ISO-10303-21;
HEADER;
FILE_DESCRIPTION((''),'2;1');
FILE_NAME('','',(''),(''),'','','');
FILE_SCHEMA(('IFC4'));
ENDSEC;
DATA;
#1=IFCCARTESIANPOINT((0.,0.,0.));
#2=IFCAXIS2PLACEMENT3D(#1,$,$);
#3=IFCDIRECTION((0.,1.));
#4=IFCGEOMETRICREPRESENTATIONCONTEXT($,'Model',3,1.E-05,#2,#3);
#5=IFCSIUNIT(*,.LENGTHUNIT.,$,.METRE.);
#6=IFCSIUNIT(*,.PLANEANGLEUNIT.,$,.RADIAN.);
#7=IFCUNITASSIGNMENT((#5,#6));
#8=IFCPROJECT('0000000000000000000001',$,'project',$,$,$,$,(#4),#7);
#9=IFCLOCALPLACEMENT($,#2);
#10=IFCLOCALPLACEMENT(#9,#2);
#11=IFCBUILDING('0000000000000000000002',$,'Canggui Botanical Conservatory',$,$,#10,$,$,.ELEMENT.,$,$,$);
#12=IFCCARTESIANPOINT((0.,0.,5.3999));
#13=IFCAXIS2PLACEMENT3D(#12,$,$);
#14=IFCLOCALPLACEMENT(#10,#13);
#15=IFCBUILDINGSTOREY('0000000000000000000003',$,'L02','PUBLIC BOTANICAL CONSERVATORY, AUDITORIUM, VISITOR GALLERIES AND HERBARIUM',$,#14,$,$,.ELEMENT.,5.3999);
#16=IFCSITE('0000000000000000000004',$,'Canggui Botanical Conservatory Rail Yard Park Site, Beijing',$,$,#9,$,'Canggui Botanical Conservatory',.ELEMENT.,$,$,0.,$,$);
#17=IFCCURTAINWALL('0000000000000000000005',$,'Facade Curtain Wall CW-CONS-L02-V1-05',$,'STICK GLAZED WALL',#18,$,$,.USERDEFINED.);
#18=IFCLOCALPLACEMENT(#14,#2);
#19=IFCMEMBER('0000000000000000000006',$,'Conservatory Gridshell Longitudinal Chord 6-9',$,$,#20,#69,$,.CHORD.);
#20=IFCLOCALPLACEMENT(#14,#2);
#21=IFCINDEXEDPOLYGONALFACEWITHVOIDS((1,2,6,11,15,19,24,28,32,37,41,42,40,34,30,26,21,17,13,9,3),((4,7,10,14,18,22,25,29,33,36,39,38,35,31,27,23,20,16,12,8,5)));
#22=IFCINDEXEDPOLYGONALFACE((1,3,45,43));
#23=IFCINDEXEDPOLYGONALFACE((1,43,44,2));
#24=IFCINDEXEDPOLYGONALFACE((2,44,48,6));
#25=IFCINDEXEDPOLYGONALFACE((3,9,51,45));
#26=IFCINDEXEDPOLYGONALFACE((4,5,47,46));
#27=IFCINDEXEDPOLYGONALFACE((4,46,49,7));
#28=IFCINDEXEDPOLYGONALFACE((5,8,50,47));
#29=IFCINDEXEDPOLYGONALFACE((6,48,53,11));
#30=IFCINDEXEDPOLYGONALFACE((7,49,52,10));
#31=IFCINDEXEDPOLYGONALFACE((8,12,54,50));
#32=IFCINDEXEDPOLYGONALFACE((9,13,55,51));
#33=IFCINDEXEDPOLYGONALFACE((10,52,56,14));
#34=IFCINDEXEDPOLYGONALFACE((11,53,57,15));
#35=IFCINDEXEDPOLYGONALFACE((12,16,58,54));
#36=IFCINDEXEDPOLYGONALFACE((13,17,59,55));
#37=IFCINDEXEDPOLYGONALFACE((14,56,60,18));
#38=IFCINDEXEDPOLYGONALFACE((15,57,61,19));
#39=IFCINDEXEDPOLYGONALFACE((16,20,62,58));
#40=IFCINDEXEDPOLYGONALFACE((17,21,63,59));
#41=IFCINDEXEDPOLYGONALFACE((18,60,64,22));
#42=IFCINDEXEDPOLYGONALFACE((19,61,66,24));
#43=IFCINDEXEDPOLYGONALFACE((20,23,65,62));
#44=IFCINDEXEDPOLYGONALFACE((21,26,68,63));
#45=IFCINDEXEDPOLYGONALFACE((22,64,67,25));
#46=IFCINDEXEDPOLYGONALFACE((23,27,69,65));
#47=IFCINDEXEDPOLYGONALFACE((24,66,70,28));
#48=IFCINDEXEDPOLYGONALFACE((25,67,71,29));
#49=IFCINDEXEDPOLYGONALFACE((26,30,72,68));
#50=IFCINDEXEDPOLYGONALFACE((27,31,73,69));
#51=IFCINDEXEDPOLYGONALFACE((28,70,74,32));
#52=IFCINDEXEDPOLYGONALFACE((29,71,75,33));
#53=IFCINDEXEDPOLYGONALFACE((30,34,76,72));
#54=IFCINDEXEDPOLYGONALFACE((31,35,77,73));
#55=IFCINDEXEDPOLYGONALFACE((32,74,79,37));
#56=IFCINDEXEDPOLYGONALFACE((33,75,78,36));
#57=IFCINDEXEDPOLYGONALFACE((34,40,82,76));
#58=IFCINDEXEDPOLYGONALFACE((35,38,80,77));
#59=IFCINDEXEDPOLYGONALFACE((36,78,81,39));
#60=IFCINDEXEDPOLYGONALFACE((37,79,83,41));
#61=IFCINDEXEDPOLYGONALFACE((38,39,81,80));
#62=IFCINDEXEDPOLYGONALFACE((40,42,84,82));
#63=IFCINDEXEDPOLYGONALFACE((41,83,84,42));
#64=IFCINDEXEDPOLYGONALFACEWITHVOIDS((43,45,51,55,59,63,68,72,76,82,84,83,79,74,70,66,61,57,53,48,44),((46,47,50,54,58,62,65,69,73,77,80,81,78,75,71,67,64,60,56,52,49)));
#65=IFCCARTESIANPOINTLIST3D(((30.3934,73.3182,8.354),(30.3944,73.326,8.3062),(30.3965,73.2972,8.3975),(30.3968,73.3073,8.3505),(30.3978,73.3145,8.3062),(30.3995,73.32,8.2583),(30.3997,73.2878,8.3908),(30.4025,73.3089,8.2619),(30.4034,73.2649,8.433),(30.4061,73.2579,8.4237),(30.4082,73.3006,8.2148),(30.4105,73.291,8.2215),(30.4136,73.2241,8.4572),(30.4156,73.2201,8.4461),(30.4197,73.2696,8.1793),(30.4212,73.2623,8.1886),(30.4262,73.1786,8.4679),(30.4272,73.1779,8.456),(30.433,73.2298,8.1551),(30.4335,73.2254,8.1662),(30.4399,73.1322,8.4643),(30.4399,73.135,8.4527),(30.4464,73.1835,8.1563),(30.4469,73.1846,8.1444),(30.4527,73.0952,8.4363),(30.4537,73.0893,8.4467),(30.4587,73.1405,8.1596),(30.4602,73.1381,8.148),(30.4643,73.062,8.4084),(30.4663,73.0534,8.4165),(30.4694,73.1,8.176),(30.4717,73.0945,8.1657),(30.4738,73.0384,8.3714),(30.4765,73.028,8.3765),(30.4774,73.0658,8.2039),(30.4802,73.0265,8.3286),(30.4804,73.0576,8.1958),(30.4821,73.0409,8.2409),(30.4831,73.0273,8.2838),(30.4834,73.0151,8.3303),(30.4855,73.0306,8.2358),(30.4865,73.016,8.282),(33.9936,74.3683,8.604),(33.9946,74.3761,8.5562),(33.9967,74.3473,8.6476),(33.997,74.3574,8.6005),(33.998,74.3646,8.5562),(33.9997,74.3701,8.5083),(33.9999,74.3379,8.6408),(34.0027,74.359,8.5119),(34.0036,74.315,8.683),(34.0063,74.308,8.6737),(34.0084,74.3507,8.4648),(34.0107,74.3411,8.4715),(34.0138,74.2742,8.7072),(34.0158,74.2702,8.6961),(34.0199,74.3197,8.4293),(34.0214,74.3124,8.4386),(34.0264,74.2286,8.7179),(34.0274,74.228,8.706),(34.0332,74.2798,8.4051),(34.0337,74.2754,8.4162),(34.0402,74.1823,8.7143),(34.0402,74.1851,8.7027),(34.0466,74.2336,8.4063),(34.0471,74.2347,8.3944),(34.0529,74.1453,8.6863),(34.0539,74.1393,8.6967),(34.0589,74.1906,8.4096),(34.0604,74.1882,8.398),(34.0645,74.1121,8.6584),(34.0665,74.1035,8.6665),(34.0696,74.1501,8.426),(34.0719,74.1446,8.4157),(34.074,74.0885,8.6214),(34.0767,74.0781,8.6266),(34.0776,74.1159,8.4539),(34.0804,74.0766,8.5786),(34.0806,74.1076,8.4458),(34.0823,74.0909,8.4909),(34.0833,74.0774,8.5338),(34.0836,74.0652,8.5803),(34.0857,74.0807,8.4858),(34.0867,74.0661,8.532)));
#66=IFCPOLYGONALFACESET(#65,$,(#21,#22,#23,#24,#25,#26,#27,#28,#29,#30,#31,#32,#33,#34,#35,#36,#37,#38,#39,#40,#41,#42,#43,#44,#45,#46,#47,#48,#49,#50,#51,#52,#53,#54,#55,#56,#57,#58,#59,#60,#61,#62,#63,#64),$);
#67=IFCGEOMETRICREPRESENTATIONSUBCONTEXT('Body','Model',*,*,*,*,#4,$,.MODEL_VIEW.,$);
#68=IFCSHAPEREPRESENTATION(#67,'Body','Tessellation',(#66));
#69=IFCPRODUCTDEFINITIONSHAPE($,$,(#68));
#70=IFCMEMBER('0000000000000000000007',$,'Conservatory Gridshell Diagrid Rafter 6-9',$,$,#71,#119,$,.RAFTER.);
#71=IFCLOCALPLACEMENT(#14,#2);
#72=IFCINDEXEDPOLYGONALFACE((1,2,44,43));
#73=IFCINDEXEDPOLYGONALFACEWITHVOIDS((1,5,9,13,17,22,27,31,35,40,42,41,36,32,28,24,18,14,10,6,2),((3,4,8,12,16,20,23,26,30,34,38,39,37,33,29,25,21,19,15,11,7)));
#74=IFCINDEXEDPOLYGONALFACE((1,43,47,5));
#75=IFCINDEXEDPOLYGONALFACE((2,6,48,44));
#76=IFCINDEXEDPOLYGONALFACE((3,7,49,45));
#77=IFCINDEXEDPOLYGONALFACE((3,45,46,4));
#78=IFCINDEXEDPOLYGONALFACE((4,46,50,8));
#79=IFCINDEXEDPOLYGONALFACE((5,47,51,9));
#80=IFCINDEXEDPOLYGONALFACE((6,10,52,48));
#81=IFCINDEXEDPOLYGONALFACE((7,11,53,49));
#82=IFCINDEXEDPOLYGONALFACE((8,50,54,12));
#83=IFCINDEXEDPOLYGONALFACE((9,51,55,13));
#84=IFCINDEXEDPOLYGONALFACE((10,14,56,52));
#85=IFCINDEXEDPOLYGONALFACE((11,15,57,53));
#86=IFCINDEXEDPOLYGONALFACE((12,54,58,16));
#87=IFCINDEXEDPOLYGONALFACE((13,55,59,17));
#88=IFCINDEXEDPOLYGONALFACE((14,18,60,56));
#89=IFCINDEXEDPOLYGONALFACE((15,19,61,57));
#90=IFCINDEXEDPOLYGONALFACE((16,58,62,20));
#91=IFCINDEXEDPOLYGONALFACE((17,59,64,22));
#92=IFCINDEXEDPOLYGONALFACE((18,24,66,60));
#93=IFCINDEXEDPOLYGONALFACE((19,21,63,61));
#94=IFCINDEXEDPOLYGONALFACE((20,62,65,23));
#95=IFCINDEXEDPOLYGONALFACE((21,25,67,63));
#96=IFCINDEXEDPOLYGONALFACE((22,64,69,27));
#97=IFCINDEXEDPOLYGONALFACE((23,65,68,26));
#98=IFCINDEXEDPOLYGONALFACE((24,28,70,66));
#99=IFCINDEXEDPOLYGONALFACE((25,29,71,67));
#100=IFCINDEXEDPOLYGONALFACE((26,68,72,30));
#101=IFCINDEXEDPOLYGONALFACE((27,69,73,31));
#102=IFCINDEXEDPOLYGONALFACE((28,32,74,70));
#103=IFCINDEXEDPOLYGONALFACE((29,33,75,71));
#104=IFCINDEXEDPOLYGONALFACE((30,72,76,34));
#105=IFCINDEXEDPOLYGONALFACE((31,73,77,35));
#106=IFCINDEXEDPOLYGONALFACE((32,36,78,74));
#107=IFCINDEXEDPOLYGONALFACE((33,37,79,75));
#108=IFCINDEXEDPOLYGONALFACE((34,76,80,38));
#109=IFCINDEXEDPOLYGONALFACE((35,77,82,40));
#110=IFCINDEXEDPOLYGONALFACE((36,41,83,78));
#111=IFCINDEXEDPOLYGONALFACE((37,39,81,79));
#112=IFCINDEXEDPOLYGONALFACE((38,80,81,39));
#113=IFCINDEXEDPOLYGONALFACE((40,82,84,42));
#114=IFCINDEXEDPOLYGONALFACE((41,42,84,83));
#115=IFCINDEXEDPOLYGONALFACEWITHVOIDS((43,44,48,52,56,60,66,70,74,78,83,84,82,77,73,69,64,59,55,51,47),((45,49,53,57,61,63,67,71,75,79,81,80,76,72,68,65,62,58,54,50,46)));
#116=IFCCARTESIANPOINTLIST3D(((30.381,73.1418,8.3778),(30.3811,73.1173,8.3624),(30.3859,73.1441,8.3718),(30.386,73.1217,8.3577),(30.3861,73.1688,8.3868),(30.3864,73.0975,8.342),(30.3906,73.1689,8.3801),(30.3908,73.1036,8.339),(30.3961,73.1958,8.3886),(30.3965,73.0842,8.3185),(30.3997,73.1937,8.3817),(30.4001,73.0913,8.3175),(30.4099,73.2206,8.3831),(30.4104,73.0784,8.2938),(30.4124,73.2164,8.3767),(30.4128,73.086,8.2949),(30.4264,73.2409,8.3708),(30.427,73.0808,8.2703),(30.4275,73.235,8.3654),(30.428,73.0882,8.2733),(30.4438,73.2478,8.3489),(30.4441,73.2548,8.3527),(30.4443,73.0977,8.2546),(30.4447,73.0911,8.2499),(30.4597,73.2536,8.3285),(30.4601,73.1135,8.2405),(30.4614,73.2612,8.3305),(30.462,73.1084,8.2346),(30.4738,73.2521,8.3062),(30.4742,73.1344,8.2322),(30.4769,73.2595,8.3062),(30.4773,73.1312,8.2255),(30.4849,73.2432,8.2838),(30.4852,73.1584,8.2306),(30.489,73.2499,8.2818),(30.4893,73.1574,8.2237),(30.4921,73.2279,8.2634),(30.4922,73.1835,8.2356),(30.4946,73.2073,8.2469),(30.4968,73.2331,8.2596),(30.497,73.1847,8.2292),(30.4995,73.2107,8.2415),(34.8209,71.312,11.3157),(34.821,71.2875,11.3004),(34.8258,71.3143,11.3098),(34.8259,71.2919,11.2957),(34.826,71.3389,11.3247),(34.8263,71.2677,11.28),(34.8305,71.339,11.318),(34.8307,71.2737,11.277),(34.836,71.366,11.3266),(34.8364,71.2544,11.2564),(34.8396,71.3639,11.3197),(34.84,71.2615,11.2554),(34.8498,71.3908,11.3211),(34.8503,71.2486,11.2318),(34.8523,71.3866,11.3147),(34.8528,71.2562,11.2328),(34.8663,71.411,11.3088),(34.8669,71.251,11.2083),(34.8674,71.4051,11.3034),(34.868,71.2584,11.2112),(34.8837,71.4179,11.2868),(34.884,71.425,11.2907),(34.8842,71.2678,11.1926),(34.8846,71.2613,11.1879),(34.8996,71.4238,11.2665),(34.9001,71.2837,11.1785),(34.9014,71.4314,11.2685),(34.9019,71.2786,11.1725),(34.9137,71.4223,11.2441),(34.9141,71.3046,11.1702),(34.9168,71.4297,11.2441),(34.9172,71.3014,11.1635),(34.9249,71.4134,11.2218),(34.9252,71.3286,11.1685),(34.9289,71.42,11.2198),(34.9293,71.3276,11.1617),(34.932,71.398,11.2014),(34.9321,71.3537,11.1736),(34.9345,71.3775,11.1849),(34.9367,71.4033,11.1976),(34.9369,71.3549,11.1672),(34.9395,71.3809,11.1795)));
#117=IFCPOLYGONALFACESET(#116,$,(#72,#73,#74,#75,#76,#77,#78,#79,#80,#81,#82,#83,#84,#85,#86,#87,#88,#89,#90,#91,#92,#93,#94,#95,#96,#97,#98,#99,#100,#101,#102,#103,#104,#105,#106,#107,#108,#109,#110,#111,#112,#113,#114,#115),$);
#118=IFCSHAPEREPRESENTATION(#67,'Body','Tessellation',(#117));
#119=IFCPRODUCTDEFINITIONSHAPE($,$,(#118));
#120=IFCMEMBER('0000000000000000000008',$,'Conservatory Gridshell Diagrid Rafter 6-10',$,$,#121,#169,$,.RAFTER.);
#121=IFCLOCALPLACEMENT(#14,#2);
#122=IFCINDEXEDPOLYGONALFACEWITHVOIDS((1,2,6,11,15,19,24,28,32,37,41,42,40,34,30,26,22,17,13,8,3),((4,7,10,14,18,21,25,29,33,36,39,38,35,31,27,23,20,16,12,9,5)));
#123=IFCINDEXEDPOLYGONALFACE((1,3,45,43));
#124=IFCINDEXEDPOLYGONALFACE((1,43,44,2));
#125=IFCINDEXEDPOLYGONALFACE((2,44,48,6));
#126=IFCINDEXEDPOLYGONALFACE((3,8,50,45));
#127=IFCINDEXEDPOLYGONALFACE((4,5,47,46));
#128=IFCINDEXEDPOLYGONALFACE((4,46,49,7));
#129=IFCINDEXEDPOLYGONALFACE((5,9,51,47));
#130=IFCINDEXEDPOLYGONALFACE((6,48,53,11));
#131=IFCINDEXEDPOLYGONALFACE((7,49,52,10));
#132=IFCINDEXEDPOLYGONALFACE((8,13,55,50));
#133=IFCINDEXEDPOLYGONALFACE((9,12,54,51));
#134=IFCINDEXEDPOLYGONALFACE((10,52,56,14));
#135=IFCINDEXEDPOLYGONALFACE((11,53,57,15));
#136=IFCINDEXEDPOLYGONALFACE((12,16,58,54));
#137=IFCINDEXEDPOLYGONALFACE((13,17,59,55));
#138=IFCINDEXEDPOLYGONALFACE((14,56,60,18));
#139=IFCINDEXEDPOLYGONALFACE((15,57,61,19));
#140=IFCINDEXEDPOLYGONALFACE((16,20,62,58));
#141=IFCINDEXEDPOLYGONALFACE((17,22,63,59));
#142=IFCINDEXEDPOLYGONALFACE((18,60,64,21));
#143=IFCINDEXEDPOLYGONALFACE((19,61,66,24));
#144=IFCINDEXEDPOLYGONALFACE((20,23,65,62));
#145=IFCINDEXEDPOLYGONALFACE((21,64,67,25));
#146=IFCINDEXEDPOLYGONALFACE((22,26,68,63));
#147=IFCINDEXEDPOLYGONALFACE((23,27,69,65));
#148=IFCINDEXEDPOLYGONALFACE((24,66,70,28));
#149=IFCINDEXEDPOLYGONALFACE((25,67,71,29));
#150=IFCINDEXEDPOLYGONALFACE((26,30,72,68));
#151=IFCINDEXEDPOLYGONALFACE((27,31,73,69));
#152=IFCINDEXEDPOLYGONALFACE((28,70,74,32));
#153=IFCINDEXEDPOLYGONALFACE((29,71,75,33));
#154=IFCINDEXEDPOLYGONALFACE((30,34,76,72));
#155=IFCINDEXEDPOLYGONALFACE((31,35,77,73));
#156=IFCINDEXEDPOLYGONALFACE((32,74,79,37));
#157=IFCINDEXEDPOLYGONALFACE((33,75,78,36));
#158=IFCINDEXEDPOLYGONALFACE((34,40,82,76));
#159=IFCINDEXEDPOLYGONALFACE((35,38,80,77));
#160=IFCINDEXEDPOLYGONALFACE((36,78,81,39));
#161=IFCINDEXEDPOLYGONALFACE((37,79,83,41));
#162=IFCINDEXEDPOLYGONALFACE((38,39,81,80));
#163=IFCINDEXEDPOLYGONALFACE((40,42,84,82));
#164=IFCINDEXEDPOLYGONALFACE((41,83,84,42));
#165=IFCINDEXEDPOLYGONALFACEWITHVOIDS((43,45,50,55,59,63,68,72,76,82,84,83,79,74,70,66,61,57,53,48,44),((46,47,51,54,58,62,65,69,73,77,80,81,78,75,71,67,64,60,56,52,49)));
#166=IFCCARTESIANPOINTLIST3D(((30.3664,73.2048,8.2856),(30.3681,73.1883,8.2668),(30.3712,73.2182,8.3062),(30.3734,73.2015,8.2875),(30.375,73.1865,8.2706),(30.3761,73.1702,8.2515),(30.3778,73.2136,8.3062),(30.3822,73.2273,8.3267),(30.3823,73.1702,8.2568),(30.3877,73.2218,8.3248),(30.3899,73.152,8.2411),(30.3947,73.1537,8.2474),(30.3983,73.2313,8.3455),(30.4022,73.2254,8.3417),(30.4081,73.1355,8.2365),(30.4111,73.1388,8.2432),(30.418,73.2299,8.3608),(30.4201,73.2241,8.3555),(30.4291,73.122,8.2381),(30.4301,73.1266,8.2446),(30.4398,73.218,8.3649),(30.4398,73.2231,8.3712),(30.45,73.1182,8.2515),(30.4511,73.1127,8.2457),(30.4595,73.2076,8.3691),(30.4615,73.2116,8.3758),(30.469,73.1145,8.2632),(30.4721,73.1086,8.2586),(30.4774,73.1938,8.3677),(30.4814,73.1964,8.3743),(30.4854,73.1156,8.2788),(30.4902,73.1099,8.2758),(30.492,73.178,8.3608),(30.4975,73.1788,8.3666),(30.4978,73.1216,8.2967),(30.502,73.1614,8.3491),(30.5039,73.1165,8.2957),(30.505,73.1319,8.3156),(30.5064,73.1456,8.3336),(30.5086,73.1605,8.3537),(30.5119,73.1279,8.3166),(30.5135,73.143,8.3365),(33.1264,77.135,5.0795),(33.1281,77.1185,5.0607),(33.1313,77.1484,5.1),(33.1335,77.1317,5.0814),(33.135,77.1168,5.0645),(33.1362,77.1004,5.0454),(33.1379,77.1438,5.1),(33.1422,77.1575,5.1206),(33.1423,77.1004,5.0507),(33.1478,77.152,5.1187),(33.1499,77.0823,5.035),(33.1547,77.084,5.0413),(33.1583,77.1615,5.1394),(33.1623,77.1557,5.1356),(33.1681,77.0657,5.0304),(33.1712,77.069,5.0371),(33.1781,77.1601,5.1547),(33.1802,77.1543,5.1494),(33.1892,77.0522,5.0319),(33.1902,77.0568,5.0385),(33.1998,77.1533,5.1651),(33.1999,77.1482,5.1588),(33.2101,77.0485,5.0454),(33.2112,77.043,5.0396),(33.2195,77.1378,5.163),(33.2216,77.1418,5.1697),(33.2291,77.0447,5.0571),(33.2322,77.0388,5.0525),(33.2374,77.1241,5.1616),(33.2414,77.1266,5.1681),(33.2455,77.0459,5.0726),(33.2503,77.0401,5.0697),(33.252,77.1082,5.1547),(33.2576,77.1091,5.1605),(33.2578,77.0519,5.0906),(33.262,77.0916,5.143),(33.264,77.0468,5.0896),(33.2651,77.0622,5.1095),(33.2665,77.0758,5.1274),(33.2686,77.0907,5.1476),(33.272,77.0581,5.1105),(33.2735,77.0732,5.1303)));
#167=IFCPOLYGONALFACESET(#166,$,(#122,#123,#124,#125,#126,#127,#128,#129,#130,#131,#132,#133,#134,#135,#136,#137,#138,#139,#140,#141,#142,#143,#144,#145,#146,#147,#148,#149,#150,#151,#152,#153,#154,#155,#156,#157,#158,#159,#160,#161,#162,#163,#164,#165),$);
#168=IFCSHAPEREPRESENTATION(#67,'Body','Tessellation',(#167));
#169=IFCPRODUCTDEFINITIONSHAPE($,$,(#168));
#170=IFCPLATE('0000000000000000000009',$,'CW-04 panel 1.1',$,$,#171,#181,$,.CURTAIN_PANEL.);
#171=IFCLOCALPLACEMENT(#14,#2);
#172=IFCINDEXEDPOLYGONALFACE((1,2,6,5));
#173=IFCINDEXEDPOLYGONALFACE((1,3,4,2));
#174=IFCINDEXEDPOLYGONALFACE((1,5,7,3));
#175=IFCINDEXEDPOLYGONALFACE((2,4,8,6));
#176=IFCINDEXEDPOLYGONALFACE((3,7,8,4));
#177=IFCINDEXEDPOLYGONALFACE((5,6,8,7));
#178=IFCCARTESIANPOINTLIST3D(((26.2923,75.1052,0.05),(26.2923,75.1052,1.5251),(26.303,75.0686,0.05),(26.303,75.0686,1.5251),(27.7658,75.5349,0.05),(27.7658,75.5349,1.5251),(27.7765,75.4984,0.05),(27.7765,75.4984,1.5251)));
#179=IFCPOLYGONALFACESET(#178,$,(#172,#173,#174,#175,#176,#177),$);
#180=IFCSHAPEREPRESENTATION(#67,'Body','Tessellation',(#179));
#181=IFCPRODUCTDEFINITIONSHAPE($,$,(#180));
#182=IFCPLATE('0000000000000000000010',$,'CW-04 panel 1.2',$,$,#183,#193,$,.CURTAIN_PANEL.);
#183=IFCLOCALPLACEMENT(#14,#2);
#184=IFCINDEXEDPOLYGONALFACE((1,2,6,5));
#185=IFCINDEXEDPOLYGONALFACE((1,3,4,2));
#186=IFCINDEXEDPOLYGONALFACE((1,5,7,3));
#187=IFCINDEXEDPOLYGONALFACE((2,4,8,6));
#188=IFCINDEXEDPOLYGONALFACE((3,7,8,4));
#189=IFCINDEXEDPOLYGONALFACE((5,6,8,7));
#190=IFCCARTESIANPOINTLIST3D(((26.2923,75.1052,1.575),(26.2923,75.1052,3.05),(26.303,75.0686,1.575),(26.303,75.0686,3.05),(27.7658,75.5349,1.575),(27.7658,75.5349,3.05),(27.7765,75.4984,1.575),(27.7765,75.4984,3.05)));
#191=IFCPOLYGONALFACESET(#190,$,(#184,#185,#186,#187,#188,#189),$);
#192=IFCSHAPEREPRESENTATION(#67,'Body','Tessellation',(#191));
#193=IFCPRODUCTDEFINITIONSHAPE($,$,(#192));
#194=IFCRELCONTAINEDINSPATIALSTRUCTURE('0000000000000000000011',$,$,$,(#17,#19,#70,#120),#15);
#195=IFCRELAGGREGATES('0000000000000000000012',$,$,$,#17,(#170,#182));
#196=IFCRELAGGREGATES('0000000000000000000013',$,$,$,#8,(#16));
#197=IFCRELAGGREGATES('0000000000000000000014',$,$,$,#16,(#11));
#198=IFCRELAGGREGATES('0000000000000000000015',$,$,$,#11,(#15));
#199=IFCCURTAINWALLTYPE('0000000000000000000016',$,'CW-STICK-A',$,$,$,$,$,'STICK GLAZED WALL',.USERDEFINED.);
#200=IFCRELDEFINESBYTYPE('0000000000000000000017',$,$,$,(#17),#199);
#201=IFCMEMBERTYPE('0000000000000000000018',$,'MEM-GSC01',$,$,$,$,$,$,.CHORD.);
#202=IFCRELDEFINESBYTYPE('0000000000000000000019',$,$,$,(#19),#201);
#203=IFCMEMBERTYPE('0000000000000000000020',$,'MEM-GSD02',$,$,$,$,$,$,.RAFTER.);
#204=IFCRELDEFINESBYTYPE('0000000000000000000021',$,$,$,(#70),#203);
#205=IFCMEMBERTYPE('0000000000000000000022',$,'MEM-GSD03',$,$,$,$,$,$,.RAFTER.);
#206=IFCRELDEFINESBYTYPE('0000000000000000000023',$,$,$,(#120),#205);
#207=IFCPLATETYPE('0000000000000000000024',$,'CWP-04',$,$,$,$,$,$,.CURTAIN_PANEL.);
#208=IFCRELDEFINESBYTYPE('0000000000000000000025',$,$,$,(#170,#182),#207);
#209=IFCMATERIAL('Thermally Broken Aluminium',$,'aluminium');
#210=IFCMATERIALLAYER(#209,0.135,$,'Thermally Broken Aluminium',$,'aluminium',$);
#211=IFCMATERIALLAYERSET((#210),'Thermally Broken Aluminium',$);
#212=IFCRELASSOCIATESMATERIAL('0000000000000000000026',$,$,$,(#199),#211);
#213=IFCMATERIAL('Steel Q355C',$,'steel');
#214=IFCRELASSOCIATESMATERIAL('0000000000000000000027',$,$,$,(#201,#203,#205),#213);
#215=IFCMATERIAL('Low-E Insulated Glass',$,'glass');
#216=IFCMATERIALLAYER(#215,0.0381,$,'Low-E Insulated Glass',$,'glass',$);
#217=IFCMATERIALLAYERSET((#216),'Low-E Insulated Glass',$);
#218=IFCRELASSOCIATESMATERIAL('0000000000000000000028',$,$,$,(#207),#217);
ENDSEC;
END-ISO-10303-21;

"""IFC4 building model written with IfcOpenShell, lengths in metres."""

from ifc_helpers import new_model, si_unit, direction, frame, origin, origin_2d, place, context, subcontext, project, spatial, rectangle, hollow_circle, extrude, material, layer, layer_set, material_profile, profile_set, type_object, element, aggregate, save


model = new_model("IFC4")

# Units and contexts
model_context = context("Model", 3, precision=1e-05, world=origin(), true_north=direction((0.0, 1.0)))
body_context = subcontext(model_context, "Body", "Model", "MODEL_VIEW")
ifc_project = project(units=[si_unit("LENGTHUNIT", "METRE"), si_unit("PLANEANGLEUNIT", "RADIAN")], contexts=[model_context])

# Site, building, storey
site_placement = place(None, origin())
site = spatial("IfcSite", under=ifc_project, at=site_placement, Name="Canggui Botanical Conservatory Rail Yard Park Site, Beijing", LongName="Canggui Botanical Conservatory", CompositionType="ELEMENT", RefElevation=0.0)
building_placement = place(site_placement, origin())
building = spatial("IfcBuilding", under=site, at=building_placement, Name="Canggui Botanical Conservatory", CompositionType="ELEMENT")
storey_placement = place(building_placement, frame((0.0, 0.0, 5.3999)))
storey = spatial("IfcBuildingStorey", under=building, at=storey_placement, Name="L02", Description="PUBLIC BOTANICAL CONSERVATORY, AUDITORIUM, VISITOR GALLERIES AND HERBARIUM", CompositionType="ELEMENT", Elevation=5.3999)

# Shared definitions
ifc_material_1 = material(Name="Steel Q355C", Category="steel")

# Curtain wall
ifc_material_2 = material(Name="Thermally Broken Aluminium", Category="aluminium")
ifc_layer_1 = layer(ifc_material_2, 0.135, Name="Thermally Broken Aluminium", Category="aluminium")
ifc_layer_set_1 = layer_set([ifc_layer_1], Name="Thermally Broken Aluminium")
curtain_wall_type = type_object("IfcCurtainWallType", Name="CW-STICK-A", ElementType="STICK GLAZED WALL", PredefinedType="USERDEFINED", material=ifc_layer_set_1)
curtain_wall_1_placement = place(storey_placement, origin())
curtain_wall_1 = element("IfcCurtainWall", 1, at=curtain_wall_1_placement, inside=storey, type_object=curtain_wall_type, Name="Facade Curtain Wall CW-CONS-L02-V1-05", ObjectType="STICK GLAZED WALL", PredefinedType="USERDEFINED")

# Members
ifc_material_profile_1 = material_profile(ifc_material_1, hollow_circle(Radius=0.1626, WallThickness=0.012, at=origin_2d()), Name="CHS 325x12")
ifc_profile_set_1 = profile_set([ifc_material_profile_1], Name="Steel Q355C")
member_type_1 = type_object("IfcMemberType", Name="MEM-GSC01", PredefinedType="CHORD", material=ifc_profile_set_1)
member_1_placement = place(storey_placement, frame((30.4399, 73.1699, 8.3062), z_axis=(0.957872, 0.279385, 0.066517), x_axis=(-0.280005, 0.959999, 0.0)))
element("IfcMember", 2, at=member_1_placement, inside=storey, type_object=member_type_1, Name="Conservatory Gridshell Longitudinal Chord 6-9", PredefinedType="CHORD", context=body_context, shape_type="SweptSolid", body=[
    extrude(hollow_circle(Radius=0.1626, WallThickness=0.012, at=origin_2d()), origin(), (0.0, 0.0, 1.0), 3.7585),
])
ifc_material_profile_2 = material_profile(ifc_material_1, hollow_circle(Radius=0.0969, WallThickness=0.0081, at=origin_2d()), Name="CHS 194x8")
ifc_profile_set_2 = profile_set([ifc_material_profile_2], Name="Steel Q355C")
member_type_2 = type_object("IfcMemberType", Name="MEM-GSD02", PredefinedType="RAFTER", material=ifc_profile_set_2)
member_2_placement = place(storey_placement, frame((30.4399, 73.1699, 8.3062), z_axis=(0.788669, -0.325034, 0.521876), x_axis=(0.381039, 0.924559, 0.0)))
element("IfcMember", 3, at=member_2_placement, inside=storey, type_object=member_type_2, Name="Conservatory Gridshell Diagrid Rafter 6-9", PredefinedType="RAFTER", context=body_context, shape_type="SweptSolid", body=[
    extrude(hollow_circle(Radius=0.0969, WallThickness=0.0081, at=origin_2d()), origin(), (0.0, 0.0, 1.0), 5.6296),
])
ifc_material_profile_3 = material_profile(ifc_material_1, hollow_circle(Radius=0.084, WallThickness=0.0081, at=origin_2d()), Name="CHS 168x8")
ifc_profile_set_3 = profile_set([ifc_material_profile_3], Name="Steel Q355C")
member_type_3 = type_object("IfcMemberType", Name="MEM-GSD03", PredefinedType="RAFTER", material=ifc_profile_set_3)
member_3_placement = place(storey_placement, frame((30.4399, 73.1699, 8.3062), z_axis=(0.47798, 0.680631, -0.555227), x_axis=(-0.818362, 0.574704, 0.0)))
element("IfcMember", 4, at=member_3_placement, inside=storey, type_object=member_type_3, Name="Conservatory Gridshell Diagrid Rafter 6-10", PredefinedType="RAFTER", context=body_context, shape_type="SweptSolid", body=[
    extrude(hollow_circle(Radius=0.084, WallThickness=0.0081, at=origin_2d()), origin(), (0.0, 0.0, 1.0), 5.7744),
])

# Plates
ifc_material_3 = material(Name="Low-E Insulated Glass", Category="glass")
ifc_layer_2 = layer(ifc_material_3, 0.0381, Name="Low-E Insulated Glass", Category="glass")
ifc_layer_set_2 = layer_set([ifc_layer_2], Name="Low-E Insulated Glass")
plate_type_1 = type_object("IfcPlateType", Name="CWP-04", PredefinedType="CURTAIN_PANEL", material=ifc_layer_set_2)
plate_1_placement = place(storey_placement, frame((27.0344, 75.3018, 0.05), z_axis=(0.0, 0.0, 1.0), x_axis=(0.96, 0.28, 0.0)))
plate_1 = element("IfcPlate", 5, at=plate_1_placement, type_object=plate_type_1, Name="CW-04 panel 1.1", PredefinedType="CURTAIN_PANEL", context=body_context, shape_type="SweptSolid", body=[
    extrude(rectangle(XDim=1.5349, YDim=0.0381, at=origin_2d()), origin(), (0.0, 0.0, 1.0), 1.4751),
])
plate_2_placement = place(storey_placement, frame((27.0344, 75.3018, 1.575), z_axis=(0.0, 0.0, 1.0), x_axis=(0.96, 0.28, 0.0)))
plate_2 = element("IfcPlate", 6, at=plate_2_placement, type_object=plate_type_1, Name="CW-04 panel 1.2", PredefinedType="CURTAIN_PANEL", context=body_context, shape_type="SweptSolid", body=[
    extrude(rectangle(XDim=1.5349, YDim=0.0381, at=origin_2d()), origin(), (0.0, 0.0, 1.0), 1.4751),
])
aggregate(curtain_wall_1, [plate_1, plate_2])

save(model, "model.ifc")
